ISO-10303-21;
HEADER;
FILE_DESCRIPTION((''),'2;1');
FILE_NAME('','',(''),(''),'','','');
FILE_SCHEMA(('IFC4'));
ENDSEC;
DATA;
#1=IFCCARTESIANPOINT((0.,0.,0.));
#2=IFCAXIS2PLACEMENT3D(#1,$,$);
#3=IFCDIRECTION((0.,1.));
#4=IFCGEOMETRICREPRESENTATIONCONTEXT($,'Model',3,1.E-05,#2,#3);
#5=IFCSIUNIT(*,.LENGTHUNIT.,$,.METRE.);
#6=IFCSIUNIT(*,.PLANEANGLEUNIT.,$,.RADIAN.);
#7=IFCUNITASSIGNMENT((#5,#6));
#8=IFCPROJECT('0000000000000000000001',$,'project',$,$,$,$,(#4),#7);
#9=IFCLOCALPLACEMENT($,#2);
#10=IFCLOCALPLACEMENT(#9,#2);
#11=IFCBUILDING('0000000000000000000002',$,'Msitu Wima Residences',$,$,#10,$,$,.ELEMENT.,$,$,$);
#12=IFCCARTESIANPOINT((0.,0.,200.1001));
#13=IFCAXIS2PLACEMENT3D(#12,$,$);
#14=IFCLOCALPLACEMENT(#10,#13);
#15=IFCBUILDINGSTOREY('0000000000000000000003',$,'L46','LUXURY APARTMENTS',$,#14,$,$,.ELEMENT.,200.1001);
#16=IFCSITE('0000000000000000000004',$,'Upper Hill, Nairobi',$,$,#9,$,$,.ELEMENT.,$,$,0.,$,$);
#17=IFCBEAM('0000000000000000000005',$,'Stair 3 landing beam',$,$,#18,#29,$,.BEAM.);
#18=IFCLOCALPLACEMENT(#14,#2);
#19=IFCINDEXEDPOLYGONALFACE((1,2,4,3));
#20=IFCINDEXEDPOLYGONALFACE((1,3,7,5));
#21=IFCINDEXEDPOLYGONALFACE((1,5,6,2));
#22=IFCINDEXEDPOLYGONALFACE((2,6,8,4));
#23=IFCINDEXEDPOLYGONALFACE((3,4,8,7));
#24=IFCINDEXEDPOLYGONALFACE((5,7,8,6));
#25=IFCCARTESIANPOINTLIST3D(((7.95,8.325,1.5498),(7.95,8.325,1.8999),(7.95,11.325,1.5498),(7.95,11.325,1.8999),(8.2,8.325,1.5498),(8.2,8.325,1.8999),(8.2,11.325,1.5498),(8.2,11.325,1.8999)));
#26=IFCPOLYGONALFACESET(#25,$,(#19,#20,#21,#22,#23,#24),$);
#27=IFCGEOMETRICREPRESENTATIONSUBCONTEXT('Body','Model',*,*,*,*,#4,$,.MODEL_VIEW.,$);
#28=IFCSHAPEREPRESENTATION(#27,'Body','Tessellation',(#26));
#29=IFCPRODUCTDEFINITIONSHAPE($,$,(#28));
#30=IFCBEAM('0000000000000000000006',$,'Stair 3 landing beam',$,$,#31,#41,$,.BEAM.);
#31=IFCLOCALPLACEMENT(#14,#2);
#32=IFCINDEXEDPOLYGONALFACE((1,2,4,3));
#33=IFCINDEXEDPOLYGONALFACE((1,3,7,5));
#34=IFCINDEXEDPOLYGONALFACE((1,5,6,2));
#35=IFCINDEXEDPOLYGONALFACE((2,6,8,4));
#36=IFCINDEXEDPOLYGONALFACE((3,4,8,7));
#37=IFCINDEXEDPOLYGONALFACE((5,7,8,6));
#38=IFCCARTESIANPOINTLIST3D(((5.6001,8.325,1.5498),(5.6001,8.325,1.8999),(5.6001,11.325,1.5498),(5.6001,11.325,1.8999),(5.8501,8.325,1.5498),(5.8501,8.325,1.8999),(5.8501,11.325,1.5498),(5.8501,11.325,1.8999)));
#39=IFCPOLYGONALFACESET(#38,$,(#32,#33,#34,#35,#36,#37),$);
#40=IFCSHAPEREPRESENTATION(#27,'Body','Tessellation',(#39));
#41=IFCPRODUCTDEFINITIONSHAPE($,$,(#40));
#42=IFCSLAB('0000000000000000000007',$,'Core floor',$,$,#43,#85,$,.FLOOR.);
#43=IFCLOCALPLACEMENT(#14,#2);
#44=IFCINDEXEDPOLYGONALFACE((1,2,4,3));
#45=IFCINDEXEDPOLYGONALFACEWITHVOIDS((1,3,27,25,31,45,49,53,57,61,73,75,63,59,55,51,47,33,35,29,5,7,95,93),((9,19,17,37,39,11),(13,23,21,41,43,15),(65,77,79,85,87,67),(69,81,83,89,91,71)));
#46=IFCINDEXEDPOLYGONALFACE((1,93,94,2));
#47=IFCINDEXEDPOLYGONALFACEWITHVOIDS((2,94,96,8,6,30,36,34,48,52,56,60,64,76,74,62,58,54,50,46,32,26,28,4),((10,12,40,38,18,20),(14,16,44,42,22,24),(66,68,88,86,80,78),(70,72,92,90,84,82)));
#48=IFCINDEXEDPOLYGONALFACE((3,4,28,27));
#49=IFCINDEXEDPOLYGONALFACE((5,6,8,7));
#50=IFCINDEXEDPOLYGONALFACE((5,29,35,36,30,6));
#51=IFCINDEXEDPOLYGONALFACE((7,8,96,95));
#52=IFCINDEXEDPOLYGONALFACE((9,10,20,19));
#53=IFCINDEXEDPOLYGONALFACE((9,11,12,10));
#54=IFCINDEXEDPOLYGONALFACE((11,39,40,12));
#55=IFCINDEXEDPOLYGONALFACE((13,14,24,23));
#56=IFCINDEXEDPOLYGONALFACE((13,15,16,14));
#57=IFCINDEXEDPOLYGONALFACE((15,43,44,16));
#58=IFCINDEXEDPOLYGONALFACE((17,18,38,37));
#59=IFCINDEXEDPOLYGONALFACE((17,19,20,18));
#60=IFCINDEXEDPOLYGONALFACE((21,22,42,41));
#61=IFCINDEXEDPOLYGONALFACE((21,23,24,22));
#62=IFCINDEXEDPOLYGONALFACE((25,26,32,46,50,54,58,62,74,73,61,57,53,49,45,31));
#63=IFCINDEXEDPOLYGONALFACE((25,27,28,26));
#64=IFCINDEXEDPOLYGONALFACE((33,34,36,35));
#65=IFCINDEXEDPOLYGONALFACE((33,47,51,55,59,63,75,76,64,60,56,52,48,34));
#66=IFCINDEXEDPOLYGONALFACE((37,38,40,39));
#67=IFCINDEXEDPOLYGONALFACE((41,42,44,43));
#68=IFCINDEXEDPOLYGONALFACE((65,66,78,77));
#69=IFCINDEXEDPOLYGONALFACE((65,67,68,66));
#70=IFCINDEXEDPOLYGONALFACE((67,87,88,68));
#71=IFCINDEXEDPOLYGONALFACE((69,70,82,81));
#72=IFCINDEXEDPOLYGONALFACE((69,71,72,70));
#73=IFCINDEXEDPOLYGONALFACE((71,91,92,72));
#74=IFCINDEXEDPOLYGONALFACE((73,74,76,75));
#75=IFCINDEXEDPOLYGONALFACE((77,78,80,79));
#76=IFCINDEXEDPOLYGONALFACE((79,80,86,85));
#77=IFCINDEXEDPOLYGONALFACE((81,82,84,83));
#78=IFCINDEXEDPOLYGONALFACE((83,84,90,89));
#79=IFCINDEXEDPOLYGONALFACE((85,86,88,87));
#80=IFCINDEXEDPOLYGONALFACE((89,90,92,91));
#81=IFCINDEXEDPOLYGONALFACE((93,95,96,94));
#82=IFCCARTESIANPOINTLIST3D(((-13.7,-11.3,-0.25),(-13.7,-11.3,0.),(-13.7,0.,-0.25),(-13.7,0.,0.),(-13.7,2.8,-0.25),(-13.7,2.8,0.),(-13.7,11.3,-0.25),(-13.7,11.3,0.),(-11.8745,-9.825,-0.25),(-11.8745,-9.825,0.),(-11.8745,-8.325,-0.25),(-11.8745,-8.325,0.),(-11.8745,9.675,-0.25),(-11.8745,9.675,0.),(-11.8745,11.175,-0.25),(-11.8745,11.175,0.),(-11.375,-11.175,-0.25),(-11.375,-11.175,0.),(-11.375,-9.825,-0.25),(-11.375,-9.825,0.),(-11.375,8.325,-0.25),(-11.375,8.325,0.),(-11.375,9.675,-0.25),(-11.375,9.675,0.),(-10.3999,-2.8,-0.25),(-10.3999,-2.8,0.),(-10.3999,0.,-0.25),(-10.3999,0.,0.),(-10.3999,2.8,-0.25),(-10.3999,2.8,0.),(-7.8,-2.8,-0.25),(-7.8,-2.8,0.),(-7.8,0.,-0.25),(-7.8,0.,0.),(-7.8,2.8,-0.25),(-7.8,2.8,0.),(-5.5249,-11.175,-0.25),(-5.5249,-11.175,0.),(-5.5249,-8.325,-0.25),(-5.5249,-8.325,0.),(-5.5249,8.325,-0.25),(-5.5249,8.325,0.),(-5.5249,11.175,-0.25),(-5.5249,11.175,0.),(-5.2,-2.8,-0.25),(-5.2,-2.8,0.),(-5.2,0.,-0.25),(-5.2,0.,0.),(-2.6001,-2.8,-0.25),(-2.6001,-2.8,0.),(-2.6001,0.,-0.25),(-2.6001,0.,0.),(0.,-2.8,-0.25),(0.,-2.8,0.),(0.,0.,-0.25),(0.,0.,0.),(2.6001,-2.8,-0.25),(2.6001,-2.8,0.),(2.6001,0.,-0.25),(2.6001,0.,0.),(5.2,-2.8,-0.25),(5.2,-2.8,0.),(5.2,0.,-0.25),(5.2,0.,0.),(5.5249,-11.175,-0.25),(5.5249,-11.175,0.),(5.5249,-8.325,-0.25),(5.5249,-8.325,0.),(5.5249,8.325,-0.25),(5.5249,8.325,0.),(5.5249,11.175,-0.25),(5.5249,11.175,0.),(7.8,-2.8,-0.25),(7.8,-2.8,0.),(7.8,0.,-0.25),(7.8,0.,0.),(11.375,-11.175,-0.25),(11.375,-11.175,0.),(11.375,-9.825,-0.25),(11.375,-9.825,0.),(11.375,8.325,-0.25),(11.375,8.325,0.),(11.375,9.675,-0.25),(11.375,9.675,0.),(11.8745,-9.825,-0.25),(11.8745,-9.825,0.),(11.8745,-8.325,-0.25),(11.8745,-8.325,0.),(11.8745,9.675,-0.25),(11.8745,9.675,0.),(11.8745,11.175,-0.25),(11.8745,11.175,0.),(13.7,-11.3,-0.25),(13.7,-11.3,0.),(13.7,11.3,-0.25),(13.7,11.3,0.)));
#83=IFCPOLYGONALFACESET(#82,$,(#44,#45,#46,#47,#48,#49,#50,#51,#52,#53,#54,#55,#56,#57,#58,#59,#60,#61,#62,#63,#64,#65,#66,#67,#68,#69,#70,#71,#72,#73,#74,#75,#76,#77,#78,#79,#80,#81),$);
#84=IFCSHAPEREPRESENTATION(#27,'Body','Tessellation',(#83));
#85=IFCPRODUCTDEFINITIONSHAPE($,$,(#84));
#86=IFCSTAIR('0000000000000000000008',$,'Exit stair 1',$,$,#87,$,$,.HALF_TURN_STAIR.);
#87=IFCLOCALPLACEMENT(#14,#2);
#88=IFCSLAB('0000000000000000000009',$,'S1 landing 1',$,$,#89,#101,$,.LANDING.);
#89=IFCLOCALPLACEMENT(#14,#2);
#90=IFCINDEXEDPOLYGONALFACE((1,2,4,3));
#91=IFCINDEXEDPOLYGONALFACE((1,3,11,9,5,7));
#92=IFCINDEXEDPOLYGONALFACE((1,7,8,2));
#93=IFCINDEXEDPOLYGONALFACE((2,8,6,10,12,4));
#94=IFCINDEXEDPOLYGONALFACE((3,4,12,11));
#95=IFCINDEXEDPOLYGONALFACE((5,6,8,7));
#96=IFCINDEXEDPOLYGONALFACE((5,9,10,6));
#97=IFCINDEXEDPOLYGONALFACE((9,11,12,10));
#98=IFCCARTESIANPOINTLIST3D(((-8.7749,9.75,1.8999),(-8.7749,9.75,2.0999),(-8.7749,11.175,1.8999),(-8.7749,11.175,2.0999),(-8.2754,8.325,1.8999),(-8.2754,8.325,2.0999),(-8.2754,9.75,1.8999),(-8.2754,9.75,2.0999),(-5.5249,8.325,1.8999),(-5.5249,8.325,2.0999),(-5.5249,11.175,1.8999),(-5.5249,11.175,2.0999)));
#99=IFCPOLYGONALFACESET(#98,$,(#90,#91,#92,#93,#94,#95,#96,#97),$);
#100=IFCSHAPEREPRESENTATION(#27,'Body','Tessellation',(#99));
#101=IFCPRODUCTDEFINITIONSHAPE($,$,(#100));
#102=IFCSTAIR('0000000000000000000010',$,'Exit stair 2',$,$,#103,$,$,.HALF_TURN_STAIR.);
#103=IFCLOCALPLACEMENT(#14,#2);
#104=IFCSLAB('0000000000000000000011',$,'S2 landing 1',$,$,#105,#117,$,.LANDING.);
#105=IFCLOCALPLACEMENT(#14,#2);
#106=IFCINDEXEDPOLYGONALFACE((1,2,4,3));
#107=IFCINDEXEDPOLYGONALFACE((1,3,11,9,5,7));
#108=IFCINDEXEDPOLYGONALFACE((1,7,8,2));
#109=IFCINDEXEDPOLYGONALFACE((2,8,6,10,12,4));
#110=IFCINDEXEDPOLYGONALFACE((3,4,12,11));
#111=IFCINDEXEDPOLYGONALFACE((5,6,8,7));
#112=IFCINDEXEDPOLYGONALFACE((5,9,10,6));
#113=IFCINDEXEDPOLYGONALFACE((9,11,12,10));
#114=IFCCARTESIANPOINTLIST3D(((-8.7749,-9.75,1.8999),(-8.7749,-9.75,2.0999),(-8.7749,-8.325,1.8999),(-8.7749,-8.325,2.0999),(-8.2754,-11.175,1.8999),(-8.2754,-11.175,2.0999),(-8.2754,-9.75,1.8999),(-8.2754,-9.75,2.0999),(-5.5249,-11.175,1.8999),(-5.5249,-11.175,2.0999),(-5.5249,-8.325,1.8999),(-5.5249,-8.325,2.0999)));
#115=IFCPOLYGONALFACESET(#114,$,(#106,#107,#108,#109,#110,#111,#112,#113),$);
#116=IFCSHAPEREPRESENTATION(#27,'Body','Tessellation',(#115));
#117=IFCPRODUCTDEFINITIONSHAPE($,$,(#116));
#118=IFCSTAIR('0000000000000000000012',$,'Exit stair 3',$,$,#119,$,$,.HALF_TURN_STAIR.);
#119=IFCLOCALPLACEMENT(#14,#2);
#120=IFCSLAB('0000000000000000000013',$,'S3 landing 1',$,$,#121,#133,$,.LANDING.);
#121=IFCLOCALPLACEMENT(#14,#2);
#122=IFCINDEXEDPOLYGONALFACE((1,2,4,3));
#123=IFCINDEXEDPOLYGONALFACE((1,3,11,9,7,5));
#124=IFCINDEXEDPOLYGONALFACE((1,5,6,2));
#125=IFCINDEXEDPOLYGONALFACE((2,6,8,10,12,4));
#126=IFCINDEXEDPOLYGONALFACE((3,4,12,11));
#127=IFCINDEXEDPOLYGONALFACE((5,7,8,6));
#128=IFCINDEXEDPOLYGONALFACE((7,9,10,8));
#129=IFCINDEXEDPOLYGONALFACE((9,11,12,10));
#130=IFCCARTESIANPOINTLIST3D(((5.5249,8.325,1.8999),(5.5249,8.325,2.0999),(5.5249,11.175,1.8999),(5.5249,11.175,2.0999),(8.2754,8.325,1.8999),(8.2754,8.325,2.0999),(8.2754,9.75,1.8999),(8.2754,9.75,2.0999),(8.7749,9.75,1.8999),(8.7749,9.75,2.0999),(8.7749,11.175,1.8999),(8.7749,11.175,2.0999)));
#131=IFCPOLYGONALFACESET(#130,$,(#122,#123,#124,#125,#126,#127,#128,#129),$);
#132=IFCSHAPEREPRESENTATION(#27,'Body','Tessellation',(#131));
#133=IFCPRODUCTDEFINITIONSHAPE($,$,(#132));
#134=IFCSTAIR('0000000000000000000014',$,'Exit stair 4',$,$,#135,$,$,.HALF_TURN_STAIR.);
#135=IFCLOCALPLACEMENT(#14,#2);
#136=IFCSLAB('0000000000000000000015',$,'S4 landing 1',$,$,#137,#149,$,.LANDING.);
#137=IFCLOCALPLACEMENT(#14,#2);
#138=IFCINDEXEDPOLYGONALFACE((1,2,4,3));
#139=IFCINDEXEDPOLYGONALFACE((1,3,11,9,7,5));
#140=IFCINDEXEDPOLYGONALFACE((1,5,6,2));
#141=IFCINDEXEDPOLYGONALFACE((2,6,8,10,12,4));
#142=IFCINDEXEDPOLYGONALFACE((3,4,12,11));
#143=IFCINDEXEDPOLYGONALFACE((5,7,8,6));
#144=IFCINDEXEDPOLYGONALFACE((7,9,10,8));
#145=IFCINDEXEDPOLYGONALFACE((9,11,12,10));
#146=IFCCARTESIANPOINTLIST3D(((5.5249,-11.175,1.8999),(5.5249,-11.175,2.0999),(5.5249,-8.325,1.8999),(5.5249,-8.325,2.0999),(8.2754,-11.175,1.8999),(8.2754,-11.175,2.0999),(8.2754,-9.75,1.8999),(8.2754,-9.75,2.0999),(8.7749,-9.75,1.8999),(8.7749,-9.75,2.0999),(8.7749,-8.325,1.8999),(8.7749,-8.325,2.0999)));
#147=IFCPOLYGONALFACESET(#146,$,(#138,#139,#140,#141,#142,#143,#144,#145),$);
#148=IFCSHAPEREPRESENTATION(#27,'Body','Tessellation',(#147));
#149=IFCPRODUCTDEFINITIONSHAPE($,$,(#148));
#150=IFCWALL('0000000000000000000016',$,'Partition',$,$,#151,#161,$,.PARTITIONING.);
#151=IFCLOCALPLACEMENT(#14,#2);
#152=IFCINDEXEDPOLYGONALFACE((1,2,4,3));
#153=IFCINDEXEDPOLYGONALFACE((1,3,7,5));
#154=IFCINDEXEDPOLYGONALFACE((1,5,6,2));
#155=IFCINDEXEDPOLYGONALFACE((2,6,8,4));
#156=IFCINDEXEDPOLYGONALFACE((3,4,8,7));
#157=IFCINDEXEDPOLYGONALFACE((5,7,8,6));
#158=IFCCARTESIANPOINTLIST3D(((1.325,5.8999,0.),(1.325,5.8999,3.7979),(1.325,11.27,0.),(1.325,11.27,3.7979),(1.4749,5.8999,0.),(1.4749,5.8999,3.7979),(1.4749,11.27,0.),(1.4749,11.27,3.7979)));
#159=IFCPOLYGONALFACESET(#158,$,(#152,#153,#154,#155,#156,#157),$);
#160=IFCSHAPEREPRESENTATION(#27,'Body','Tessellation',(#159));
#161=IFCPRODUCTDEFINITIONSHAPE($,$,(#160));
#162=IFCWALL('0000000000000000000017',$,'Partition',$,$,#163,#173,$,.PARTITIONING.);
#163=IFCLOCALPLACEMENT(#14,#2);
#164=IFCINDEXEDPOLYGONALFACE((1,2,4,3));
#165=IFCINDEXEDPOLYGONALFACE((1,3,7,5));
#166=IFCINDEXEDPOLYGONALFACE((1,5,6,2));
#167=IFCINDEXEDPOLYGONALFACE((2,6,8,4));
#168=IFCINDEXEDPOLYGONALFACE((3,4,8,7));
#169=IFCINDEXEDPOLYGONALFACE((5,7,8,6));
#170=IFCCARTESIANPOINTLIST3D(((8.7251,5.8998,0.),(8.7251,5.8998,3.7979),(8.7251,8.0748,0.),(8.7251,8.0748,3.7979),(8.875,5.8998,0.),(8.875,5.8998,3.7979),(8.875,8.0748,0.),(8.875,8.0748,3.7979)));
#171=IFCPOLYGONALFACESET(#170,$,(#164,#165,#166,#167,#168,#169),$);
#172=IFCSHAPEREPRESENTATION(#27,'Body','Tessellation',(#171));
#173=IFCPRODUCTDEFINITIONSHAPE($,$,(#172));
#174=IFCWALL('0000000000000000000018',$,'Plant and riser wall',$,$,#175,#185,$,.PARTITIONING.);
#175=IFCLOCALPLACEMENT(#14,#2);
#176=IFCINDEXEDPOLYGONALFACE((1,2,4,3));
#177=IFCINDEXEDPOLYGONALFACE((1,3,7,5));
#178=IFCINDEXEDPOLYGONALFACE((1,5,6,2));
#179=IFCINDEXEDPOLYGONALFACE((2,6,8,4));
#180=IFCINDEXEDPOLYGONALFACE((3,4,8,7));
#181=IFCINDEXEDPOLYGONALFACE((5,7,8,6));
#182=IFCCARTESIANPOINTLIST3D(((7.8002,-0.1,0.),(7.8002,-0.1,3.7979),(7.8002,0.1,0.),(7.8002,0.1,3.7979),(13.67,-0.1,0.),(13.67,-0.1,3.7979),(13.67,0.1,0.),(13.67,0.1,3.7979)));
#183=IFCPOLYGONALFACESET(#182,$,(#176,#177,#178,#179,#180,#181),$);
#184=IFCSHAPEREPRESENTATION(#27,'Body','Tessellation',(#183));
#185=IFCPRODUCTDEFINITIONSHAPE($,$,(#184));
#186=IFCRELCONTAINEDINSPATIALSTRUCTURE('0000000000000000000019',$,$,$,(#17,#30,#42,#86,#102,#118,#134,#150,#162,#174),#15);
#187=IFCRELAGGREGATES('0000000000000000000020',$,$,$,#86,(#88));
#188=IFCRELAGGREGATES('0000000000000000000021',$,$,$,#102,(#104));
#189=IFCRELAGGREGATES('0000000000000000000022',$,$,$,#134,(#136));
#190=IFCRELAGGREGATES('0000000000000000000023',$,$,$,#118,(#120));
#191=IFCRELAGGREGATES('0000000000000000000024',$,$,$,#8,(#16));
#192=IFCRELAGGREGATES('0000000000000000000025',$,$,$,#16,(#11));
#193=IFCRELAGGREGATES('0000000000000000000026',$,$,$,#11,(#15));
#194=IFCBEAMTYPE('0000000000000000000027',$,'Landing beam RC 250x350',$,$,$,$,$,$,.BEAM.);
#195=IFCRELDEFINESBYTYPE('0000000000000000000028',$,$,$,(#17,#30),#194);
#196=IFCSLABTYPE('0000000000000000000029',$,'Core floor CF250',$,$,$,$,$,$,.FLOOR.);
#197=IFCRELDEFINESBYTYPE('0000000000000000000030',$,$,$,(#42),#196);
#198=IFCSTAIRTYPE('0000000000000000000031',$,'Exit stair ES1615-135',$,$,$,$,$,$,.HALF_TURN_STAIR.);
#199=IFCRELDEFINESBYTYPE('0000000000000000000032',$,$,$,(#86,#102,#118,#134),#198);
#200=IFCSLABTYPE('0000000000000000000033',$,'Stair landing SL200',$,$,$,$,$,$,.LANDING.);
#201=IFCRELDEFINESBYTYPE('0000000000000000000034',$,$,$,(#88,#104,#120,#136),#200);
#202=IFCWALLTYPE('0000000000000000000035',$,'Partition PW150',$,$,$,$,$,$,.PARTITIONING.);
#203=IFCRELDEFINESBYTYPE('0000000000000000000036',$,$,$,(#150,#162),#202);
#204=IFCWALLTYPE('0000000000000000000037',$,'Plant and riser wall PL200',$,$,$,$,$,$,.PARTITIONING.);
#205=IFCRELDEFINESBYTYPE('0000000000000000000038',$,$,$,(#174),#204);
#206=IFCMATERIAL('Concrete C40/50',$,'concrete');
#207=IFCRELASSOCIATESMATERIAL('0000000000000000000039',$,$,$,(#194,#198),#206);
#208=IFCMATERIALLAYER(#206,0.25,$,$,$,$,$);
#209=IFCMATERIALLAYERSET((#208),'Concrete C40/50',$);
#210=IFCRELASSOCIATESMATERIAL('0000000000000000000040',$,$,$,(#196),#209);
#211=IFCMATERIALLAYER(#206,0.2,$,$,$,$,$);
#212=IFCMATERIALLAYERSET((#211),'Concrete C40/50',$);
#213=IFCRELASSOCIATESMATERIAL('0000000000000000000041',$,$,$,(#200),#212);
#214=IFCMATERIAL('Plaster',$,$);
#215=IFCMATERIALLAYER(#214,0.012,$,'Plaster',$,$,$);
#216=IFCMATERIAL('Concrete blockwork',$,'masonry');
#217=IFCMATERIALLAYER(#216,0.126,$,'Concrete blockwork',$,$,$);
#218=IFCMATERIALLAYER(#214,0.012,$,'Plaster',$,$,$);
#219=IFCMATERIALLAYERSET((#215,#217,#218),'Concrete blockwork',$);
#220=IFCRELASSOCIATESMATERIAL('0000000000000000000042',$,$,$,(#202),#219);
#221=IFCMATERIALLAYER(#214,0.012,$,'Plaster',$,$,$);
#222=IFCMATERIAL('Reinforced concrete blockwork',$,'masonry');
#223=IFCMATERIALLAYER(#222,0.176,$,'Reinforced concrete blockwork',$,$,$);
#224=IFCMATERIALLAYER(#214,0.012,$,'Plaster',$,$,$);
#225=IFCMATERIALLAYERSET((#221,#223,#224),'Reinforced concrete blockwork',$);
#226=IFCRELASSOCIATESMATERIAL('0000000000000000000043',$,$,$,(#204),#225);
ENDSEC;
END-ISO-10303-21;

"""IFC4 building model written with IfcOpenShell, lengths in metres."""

from ifc_helpers import new_model, si_unit, direction, frame, frame_2d, origin, origin_2d, place, context, subcontext, project, spatial, polyline, rectangle, outline, extrude, material, layer, layer_set, material_profile, profile_set, type_object, element, aggregate, save


model = new_model("IFC4")

# Units and contexts
model_context = context("Model", 3, precision=1e-05, world=origin(), true_north=direction((0.0, 1.0)))
body_context = subcontext(model_context, "Body", "Model", "MODEL_VIEW")
ifc_project = project(units=[si_unit("LENGTHUNIT", "METRE"), si_unit("PLANEANGLEUNIT", "RADIAN")], contexts=[model_context])

# Site, building, storey
site_placement = place(None, origin())
site = spatial("IfcSite", under=ifc_project, at=site_placement, Name="Upper Hill, Nairobi", CompositionType="ELEMENT", RefElevation=0.0)
building_placement = place(site_placement, origin())
building = spatial("IfcBuilding", under=site, at=building_placement, Name="Msitu Wima Residences", CompositionType="ELEMENT")
storey_placement = place(building_placement, frame((0.0, 0.0, 200.1001)))
storey = spatial("IfcBuildingStorey", under=building, at=storey_placement, Name="L46", Description="LUXURY APARTMENTS", CompositionType="ELEMENT", Elevation=200.1001)

# Beams
ifc_material_1 = material(Name="Concrete C40/50", Category="concrete")
ifc_material_profile = material_profile(ifc_material_1, rectangle(XDim=0.25, YDim=0.3501, at=origin_2d()), Name="RC 250x350")
ifc_profile_set = profile_set([ifc_material_profile], Name="Concrete C40/50")
beam_type = type_object("IfcBeamType", Name="Landing beam RC 250x350", PredefinedType="BEAM", material=ifc_profile_set)
for number, where, z_axis, x_axis, name in (
    (1, (8.075, 8.325, 1.7249), (0.0, 1.0, 0.0), (-1.0, 0.0, 0.0), "Stair 3 landing beam"),
    (2, (5.7251, 8.325, 1.7249), (0.0, 1.0, 0.0), (-1.0, 0.0, 0.0), "Stair 3 landing beam"),
):
    element("IfcBeam", number, at=place(storey_placement, frame(where, z_axis=z_axis, x_axis=x_axis)), inside=storey, type_object=beam_type, Name=name, PredefinedType="BEAM", context=body_context, shape_type="SweptSolid", body=[
        extrude(rectangle(XDim=0.25, YDim=0.3501, at=origin_2d()), origin(), (0.0, 0.0, 1.0), 3.0),
    ])

# Slab
ifc_layer_1 = layer(ifc_material_1, 0.25)
ifc_layer_set_1 = layer_set([ifc_layer_1], Name="Concrete C40/50")
slab_type_1 = type_object("IfcSlabType", Name="Core floor CF250", PredefinedType="FLOOR", material=ifc_layer_set_1)
slab_1_placement = place(storey_placement, frame((0.0, 0.0, -0.25)))
element("IfcSlab", 3, at=slab_1_placement, inside=storey, type_object=slab_type_1, Name="Core floor", PredefinedType="FLOOR", context=body_context, shape_type="SweptSolid", body=[
    extrude(outline(polyline([(-13.7, 11.3), (-13.7, 2.8), (-10.3999, 2.8), (-7.8, 2.8), (-7.8, 0.0), (-5.2, 0.0), (-2.6001, 0.0), (0.0, 0.0), (2.6001, 0.0), (5.2, 0.0), (7.8, 0.0), (7.8, -2.8), (5.2, -2.8), (2.6001, -2.8), (0.0, -2.8), (-2.6001, -2.8), (-5.2, -2.8), (-7.8, -2.8), (-10.3999, -2.8), (-10.3999, 0.0), (-13.7, 0.0), (-13.7, -11.3), (13.7, -11.3), (13.7, 11.3), (-13.7, 11.3)]), holes=[polyline([(-11.375, -11.175), (-11.375, -9.825), (-11.8745, -9.825), (-11.8745, -8.325), (-5.5249, -8.325), (-5.5249, -11.175), (-11.375, -11.175)]), polyline([(-11.375, 8.325), (-11.375, 9.675), (-11.8745, 9.675), (-11.8745, 11.175), (-5.5249, 11.175), (-5.5249, 8.325), (-11.375, 8.325)]), polyline([(11.375, -9.825), (11.375, -11.175), (5.5249, -11.175), (5.5249, -8.325), (11.8745, -8.325), (11.8745, -9.825), (11.375, -9.825)]), polyline([(11.375, 9.675), (11.375, 8.325), (5.5249, 8.325), (5.5249, 11.175), (11.8745, 11.175), (11.8745, 9.675), (11.375, 9.675)])]), origin(), (0.0, 0.0, 1.0), 0.25),
])

# Stairs, slabs
stair_type = type_object("IfcStairType", Name="Exit stair ES1615-135", PredefinedType="HALF_TURN_STAIR", material=ifc_material_1)
stair_1_placement = place(storey_placement, origin())
stair_1 = element("IfcStair", 4, at=stair_1_placement, inside=storey, type_object=stair_type, Name="Exit stair 1", PredefinedType="HALF_TURN_STAIR")
ifc_layer_2 = layer(ifc_material_1, 0.2)
ifc_layer_set_2 = layer_set([ifc_layer_2], Name="Concrete C40/50")
slab_type_2 = type_object("IfcSlabType", Name="Stair landing SL200", PredefinedType="LANDING", material=ifc_layer_set_2)
slab_2_placement = place(storey_placement, frame((0.0, 0.0, 1.8999)))
slab_2 = element("IfcSlab", 5, at=slab_2_placement, type_object=slab_type_2, Name="S1 landing 1", PredefinedType="LANDING", context=body_context, shape_type="SweptSolid", body=[
    extrude(outline(polyline([(-5.5249, 8.325), (-8.2754, 8.325), (-8.2754, 9.75), (-8.7749, 9.75), (-8.7749, 11.175), (-5.5249, 11.175), (-5.5249, 8.325)])), origin(), (0.0, 0.0, 1.0), 0.2),
])
aggregate(stair_1, [slab_2])
stair_2_placement = place(storey_placement, origin())
stair_2 = element("IfcStair", 6, at=stair_2_placement, inside=storey, type_object=stair_type, Name="Exit stair 2", PredefinedType="HALF_TURN_STAIR")
slab_3_placement = place(storey_placement, frame((0.0, 0.0, 1.8999)))
slab_3 = element("IfcSlab", 7, at=slab_3_placement, type_object=slab_type_2, Name="S2 landing 1", PredefinedType="LANDING", context=body_context, shape_type="SweptSolid", body=[
    extrude(outline(polyline([(-5.5249, -11.175), (-8.2754, -11.175), (-8.2754, -9.75), (-8.7749, -9.75), (-8.7749, -8.325), (-5.5249, -8.325), (-5.5249, -11.175)])), origin(), (0.0, 0.0, 1.0), 0.2),
])
aggregate(stair_2, [slab_3])
stair_3_placement = place(storey_placement, origin())
stair_3 = element("IfcStair", 8, at=stair_3_placement, inside=storey, type_object=stair_type, Name="Exit stair 3", PredefinedType="HALF_TURN_STAIR")
slab_4_placement = place(storey_placement, frame((0.0, 0.0, 1.8999)))
slab_4 = element("IfcSlab", 9, at=slab_4_placement, type_object=slab_type_2, Name="S3 landing 1", PredefinedType="LANDING", context=body_context, shape_type="SweptSolid", body=[
    extrude(outline(polyline([(5.5249, 8.325), (8.2754, 8.325), (8.2754, 9.75), (8.7749, 9.75), (8.7749, 11.175), (5.5249, 11.175), (5.5249, 8.325)])), origin(), (0.0, 0.0, 1.0), 0.2),
])
stair_4_placement = place(storey_placement, origin())
stair_4 = element("IfcStair", 10, at=stair_4_placement, inside=storey, type_object=stair_type, Name="Exit stair 4", PredefinedType="HALF_TURN_STAIR")
slab_5_placement = place(storey_placement, frame((0.0, 0.0, 1.8999)))
slab_5 = element("IfcSlab", 11, at=slab_5_placement, type_object=slab_type_2, Name="S4 landing 1", PredefinedType="LANDING", context=body_context, shape_type="SweptSolid", body=[
    extrude(outline(polyline([(5.5249, -11.175), (8.2754, -11.175), (8.2754, -9.75), (8.7749, -9.75), (8.7749, -8.325), (5.5249, -8.325), (5.5249, -11.175)])), origin(), (0.0, 0.0, 1.0), 0.2),
])
aggregate(stair_4, [slab_5])

# Walls
ifc_material_2 = material(Name="Plaster")
ifc_layer_3 = layer(ifc_material_2, 0.012, Name="Plaster")
ifc_material_3 = material(Name="Concrete blockwork", Category="masonry")
ifc_layer_4 = layer(ifc_material_3, 0.126, Name="Concrete blockwork")
ifc_layer_5 = layer(ifc_material_2, 0.012, Name="Plaster")
ifc_layer_set_3 = layer_set([ifc_layer_3, ifc_layer_4, ifc_layer_5], Name="Concrete blockwork")
wall_type_1 = type_object("IfcWallType", Name="Partition PW150", PredefinedType="PARTITIONING", material=ifc_layer_set_3)
wall_1_placement = place(storey_placement, frame((1.3999, 5.8999, 0.0), z_axis=(0.0, 0.0, 1.0), x_axis=(0.0, 1.0, 0.0)))
element("IfcWall", 12, at=wall_1_placement, inside=storey, type_object=wall_type_1, Name="Partition", PredefinedType="PARTITIONING", context=body_context, shape_type="SweptSolid", body=[
    extrude(rectangle(XDim=5.3701, YDim=0.1499, at=frame_2d((2.6851, 0.0))), origin(), (0.0, 0.0, 1.0), 3.7979),
])
wall_2_placement = place(storey_placement, frame((8.8, 5.8999, 0.0), z_axis=(0.0, 0.0, 1.0), x_axis=(0.0, 1.0, 0.0)))
element("IfcWall", 13, at=wall_2_placement, inside=storey, type_object=wall_type_1, Name="Partition", PredefinedType="PARTITIONING", context=body_context, shape_type="SweptSolid", body=[
    extrude(rectangle(XDim=2.175, YDim=0.1499, at=frame_2d((1.0874, 0.0))), origin(), (0.0, 0.0, 1.0), 3.7979),
])
ifc_layer_6 = layer(ifc_material_2, 0.012, Name="Plaster")
ifc_material_4 = material(Name="Reinforced concrete blockwork", Category="masonry")
ifc_layer_7 = layer(ifc_material_4, 0.176, Name="Reinforced concrete blockwork")
ifc_layer_8 = layer(ifc_material_2, 0.012, Name="Plaster")
ifc_layer_set_4 = layer_set([ifc_layer_6, ifc_layer_7, ifc_layer_8], Name="Reinforced concrete blockwork")
wall_type_2 = type_object("IfcWallType", Name="Plant and riser wall PL200", PredefinedType="PARTITIONING", material=ifc_layer_set_4)
wall_3_placement = place(storey_placement, frame((7.8, 0.0, 0.0), z_axis=(0.0, 0.0, 1.0), x_axis=(1.0, 0.0, 0.0)))
element("IfcWall", 14, at=wall_3_placement, inside=storey, type_object=wall_type_2, Name="Plant and riser wall", PredefinedType="PARTITIONING", context=body_context, shape_type="SweptSolid", body=[
    extrude(rectangle(XDim=5.8699, YDim=0.2, at=frame_2d((2.9351, 0.0))), origin(), (0.0, 0.0, 1.0), 3.7979),
])

aggregate(stair_3, [slab_4])

save(model, "model.ifc")
